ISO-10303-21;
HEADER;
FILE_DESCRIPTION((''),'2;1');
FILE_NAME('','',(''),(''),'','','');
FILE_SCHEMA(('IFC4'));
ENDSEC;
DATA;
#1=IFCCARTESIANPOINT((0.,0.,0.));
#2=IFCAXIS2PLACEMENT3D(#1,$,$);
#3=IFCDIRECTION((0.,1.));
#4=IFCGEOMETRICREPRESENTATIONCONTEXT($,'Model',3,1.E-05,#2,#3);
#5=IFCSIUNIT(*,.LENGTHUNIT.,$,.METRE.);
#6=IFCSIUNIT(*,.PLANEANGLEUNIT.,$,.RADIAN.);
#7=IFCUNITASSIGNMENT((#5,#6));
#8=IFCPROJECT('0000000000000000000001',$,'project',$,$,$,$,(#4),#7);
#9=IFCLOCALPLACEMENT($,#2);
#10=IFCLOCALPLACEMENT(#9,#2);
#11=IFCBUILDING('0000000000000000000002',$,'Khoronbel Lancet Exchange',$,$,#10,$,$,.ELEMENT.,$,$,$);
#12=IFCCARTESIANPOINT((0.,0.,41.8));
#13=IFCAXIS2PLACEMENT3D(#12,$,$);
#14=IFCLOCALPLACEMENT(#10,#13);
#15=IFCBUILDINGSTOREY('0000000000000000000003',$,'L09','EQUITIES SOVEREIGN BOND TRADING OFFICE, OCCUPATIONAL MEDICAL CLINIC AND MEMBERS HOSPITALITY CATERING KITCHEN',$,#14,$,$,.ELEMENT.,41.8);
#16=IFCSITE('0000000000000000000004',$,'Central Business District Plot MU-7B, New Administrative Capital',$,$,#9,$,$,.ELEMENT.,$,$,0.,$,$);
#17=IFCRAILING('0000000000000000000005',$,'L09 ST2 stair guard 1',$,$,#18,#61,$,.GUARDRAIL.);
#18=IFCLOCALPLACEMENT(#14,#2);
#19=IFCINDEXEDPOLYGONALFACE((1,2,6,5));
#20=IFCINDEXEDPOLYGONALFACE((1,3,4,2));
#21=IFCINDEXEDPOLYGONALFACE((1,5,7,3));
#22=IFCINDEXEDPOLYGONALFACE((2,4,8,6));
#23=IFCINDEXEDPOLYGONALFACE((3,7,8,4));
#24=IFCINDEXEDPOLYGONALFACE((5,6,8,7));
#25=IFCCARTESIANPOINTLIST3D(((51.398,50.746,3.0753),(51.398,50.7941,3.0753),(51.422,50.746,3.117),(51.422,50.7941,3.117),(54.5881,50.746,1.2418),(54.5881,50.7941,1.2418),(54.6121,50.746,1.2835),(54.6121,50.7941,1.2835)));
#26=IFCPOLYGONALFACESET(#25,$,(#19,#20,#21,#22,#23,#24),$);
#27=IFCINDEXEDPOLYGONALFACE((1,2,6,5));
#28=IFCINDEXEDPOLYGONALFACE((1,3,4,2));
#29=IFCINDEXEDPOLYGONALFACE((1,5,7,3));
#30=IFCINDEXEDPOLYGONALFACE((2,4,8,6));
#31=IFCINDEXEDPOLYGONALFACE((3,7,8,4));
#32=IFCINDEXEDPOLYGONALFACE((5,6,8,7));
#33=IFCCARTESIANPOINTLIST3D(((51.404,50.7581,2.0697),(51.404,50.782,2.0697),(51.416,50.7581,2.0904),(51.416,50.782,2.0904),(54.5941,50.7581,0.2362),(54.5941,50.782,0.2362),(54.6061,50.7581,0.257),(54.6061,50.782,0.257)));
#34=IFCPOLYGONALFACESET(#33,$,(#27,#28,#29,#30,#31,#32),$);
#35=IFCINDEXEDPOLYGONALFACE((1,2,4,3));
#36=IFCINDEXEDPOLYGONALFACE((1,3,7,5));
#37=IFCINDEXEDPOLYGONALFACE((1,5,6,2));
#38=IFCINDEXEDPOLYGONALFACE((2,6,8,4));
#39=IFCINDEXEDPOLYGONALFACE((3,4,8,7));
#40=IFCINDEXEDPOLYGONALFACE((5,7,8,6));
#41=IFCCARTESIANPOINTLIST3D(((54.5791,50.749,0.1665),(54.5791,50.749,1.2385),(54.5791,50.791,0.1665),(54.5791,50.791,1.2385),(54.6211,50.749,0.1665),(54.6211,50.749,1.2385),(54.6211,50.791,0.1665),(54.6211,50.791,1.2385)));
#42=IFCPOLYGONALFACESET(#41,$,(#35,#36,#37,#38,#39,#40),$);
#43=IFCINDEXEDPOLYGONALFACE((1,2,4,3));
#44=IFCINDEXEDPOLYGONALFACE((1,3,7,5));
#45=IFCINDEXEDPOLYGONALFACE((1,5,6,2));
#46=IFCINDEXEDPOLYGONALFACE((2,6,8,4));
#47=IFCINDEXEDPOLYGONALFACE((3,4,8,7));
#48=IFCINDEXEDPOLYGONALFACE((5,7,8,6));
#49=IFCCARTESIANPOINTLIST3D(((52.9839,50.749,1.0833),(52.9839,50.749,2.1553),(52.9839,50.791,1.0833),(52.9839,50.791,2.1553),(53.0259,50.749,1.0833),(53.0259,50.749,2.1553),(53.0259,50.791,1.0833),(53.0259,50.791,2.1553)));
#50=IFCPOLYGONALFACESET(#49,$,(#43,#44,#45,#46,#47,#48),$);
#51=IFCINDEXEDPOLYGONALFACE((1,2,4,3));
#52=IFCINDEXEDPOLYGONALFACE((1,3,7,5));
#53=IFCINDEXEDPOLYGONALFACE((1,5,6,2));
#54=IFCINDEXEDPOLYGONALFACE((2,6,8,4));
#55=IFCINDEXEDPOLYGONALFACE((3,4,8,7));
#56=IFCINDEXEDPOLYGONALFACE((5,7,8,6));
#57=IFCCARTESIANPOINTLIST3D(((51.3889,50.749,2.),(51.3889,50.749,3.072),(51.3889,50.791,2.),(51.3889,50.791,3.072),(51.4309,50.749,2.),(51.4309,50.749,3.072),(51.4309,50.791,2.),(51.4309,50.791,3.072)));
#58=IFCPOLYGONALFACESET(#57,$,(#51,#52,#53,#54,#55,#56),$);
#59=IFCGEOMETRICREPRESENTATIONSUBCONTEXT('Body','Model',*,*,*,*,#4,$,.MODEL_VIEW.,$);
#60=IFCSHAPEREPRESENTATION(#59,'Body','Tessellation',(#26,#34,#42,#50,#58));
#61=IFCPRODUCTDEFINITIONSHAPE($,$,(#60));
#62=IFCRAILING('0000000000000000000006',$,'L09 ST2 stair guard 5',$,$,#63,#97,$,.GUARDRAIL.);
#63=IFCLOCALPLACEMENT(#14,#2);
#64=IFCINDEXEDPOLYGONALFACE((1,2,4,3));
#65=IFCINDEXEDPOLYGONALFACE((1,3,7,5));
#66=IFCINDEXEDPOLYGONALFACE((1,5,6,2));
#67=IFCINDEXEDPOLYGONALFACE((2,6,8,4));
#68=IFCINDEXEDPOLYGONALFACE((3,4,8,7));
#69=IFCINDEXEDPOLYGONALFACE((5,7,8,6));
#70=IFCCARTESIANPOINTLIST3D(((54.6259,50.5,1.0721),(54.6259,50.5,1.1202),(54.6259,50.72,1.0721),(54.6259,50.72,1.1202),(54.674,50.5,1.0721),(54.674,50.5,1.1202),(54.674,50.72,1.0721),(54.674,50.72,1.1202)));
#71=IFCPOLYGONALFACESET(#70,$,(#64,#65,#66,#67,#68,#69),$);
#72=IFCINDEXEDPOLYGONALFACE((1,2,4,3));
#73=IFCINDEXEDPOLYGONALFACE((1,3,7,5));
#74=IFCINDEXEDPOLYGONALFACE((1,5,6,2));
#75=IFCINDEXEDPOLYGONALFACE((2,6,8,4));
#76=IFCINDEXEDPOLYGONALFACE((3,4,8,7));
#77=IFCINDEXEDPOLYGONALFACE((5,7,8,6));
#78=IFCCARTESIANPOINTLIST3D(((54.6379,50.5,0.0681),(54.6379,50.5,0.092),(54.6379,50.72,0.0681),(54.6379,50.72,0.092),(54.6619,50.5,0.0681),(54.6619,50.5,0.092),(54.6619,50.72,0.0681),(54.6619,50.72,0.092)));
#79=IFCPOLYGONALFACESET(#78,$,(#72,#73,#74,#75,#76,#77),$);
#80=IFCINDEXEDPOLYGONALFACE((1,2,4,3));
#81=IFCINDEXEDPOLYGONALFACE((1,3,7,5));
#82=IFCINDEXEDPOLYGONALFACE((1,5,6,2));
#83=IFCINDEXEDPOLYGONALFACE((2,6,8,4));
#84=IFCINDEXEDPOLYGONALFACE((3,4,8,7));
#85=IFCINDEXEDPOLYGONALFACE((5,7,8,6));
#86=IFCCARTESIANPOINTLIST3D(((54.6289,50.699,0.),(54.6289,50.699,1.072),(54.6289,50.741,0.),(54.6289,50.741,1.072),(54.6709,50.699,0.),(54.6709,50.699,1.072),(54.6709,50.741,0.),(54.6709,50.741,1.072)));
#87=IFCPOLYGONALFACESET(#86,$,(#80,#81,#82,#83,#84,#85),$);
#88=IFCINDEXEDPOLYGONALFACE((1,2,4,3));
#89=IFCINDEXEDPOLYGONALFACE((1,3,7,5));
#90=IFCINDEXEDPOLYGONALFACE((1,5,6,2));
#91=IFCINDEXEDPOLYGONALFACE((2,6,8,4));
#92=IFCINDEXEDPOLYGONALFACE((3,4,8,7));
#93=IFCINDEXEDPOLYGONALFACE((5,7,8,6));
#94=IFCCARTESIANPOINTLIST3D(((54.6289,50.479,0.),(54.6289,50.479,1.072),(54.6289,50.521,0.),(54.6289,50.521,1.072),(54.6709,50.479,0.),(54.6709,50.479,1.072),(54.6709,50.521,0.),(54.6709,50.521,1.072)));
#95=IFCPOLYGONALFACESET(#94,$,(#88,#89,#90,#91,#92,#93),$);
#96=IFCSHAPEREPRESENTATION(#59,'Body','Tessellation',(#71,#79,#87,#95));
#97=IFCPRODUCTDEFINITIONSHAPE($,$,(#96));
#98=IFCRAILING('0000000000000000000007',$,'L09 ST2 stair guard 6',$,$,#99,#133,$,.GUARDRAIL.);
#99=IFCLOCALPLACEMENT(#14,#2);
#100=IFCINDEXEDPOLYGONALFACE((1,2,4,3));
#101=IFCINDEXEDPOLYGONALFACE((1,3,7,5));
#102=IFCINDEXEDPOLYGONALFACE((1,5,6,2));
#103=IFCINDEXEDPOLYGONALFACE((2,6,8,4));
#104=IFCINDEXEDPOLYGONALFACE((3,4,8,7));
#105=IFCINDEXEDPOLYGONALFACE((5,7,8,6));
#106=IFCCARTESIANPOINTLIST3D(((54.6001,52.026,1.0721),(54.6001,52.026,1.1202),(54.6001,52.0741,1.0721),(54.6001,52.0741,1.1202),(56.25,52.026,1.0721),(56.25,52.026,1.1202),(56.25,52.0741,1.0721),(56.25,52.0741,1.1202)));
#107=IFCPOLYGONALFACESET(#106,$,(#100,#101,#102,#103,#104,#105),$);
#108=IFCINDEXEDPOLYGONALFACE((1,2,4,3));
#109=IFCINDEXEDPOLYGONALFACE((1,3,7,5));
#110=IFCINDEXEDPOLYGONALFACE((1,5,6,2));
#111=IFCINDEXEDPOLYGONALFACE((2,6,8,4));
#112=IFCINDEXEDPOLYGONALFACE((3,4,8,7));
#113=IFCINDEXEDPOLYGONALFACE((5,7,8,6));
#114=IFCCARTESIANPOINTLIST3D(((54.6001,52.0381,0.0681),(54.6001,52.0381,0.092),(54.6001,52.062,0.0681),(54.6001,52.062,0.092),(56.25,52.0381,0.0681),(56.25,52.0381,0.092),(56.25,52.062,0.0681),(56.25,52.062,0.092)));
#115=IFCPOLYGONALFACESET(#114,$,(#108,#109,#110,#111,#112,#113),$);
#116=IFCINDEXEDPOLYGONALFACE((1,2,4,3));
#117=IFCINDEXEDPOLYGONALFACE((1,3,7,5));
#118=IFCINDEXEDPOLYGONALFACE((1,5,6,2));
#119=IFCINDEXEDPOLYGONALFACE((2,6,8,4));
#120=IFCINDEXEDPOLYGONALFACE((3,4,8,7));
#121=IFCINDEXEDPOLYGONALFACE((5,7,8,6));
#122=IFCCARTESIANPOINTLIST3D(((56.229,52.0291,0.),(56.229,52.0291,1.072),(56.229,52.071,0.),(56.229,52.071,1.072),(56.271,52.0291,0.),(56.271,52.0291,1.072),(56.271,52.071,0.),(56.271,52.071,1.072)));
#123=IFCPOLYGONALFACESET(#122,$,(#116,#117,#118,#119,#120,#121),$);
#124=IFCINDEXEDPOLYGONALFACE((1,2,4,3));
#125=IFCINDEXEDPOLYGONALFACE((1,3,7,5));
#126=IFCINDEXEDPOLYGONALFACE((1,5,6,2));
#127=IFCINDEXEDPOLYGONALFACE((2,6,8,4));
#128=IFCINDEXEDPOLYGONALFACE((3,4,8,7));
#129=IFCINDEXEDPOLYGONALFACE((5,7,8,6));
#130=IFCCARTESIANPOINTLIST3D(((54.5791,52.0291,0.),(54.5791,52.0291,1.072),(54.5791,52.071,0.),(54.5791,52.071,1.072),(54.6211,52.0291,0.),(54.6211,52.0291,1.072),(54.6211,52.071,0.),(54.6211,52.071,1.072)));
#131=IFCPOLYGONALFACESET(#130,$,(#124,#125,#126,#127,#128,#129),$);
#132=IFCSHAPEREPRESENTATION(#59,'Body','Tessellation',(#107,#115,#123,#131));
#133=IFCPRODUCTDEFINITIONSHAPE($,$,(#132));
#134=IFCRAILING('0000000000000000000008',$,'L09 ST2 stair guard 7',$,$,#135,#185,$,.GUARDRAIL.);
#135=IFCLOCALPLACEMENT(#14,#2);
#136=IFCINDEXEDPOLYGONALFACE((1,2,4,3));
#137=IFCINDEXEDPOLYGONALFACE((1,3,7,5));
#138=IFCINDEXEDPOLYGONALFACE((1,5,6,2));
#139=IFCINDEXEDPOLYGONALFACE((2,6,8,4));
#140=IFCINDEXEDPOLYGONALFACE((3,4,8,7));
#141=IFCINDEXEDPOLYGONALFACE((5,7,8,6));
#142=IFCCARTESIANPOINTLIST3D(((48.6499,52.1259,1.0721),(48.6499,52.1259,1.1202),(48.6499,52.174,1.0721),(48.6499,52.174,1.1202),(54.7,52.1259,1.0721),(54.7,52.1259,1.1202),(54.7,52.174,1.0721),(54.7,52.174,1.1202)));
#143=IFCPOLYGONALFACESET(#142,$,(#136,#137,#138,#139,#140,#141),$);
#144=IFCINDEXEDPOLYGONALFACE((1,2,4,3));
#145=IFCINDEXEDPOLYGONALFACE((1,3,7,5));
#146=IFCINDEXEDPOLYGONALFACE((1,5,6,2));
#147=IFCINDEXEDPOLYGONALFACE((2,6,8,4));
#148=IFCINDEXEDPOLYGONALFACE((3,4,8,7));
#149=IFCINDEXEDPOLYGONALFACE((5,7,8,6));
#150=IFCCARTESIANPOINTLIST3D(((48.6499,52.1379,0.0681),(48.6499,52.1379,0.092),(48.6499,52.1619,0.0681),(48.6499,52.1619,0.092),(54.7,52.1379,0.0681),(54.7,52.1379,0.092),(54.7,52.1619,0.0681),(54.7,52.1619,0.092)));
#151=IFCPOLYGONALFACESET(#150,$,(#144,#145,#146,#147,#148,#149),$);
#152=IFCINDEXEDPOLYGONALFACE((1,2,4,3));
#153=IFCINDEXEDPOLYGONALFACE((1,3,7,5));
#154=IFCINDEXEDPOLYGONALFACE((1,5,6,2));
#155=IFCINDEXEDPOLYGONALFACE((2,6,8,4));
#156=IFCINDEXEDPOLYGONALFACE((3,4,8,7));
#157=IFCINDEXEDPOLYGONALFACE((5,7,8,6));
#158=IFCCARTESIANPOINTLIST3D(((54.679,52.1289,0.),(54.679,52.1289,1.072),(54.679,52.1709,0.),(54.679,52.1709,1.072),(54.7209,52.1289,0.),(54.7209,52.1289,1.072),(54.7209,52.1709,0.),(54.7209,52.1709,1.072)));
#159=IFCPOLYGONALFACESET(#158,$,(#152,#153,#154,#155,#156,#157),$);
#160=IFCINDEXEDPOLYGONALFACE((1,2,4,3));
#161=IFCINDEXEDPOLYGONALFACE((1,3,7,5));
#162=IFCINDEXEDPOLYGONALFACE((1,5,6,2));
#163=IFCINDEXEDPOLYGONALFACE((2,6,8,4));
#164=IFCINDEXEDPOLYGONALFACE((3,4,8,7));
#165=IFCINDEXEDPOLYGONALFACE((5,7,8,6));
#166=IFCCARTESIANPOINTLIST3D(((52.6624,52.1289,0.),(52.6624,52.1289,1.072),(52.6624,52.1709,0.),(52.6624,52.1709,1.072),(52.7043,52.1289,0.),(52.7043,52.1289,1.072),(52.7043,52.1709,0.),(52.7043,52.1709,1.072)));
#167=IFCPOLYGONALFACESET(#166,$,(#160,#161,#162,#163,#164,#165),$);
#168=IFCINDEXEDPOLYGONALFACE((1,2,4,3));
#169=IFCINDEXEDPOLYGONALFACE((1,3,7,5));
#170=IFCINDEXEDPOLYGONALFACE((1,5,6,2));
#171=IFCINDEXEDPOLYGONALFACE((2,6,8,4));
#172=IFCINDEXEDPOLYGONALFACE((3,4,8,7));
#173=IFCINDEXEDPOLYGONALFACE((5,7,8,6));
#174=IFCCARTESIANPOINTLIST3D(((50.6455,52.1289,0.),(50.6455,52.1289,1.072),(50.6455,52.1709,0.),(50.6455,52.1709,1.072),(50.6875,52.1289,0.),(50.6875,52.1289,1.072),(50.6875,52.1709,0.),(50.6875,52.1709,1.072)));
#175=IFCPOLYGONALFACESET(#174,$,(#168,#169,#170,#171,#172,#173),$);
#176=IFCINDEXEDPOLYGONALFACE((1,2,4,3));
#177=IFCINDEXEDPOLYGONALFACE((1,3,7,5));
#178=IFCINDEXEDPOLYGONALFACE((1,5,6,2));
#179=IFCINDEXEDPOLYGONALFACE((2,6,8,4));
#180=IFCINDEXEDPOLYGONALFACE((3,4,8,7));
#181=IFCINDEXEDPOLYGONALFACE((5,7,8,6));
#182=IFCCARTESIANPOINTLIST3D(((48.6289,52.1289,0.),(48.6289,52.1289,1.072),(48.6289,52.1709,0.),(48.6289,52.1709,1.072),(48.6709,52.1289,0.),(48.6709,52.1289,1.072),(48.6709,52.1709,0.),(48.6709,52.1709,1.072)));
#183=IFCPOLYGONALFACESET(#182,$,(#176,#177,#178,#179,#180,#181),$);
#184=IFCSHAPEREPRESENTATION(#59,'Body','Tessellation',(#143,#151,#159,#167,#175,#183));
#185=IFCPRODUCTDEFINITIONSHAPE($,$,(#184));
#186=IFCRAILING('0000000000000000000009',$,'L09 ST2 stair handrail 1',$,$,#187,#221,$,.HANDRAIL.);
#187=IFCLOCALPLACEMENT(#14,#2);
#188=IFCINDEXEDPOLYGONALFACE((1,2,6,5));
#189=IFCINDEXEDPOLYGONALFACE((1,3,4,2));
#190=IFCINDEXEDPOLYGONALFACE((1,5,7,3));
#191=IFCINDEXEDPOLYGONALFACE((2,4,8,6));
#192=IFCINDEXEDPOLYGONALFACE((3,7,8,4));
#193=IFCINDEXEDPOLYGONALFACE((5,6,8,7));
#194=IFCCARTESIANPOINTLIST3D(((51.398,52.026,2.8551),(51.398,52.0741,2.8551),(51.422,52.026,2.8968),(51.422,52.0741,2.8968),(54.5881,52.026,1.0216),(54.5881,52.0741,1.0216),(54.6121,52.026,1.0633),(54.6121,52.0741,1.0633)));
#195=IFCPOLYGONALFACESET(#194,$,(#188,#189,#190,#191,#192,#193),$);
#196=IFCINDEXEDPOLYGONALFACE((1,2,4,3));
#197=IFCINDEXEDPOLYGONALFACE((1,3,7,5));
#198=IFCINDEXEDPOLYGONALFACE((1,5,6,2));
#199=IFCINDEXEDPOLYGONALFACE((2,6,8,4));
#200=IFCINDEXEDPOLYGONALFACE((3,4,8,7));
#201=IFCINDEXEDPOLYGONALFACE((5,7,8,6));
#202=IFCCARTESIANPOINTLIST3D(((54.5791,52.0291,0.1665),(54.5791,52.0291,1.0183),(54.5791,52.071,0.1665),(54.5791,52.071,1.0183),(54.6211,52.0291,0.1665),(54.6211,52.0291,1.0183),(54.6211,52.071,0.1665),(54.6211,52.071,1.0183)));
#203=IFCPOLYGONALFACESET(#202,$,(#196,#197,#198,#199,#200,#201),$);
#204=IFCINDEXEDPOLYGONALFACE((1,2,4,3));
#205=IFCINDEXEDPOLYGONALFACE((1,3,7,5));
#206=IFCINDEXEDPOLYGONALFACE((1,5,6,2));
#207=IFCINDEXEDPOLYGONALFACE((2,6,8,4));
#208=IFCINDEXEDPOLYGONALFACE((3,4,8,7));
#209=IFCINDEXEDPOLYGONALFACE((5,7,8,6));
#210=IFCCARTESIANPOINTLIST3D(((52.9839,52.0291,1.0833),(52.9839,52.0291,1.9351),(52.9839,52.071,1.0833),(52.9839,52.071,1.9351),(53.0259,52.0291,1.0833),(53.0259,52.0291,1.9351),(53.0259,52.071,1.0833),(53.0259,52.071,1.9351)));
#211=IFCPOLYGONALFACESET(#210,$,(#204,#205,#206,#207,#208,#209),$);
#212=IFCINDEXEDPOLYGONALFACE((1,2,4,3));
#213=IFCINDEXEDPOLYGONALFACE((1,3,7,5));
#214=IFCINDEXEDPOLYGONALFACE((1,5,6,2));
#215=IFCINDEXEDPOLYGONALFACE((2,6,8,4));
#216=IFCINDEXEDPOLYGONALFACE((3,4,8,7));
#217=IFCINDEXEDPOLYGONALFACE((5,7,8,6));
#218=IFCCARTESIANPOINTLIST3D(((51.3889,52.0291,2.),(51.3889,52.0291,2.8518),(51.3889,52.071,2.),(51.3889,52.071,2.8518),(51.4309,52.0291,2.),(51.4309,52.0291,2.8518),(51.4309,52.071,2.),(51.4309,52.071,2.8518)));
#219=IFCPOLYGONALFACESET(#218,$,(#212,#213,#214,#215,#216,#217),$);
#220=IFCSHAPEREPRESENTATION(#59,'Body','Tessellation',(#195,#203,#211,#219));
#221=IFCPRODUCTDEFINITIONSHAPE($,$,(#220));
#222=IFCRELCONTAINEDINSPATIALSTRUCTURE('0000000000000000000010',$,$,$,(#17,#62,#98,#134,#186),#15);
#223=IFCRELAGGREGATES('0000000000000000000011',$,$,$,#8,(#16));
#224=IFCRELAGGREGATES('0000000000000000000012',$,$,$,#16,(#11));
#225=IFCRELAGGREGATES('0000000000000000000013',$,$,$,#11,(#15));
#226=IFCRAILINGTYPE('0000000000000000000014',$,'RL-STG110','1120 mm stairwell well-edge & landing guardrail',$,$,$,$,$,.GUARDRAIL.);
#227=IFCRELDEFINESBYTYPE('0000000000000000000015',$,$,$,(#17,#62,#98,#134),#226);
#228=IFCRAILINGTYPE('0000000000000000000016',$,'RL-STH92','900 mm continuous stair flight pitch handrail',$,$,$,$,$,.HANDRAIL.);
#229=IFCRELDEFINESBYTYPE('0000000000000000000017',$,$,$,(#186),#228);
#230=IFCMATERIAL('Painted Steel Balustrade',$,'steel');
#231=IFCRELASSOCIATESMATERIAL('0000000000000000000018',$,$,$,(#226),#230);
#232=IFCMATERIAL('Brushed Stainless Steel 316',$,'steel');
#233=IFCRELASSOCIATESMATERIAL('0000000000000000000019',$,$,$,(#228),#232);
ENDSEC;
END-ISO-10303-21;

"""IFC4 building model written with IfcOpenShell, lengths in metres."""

from ifc_helpers import new_model, si_unit, direction, frame, origin, origin_2d, place, context, subcontext, project, spatial, rectangle, extrude, material, type_object, element, save


model = new_model("IFC4")

# Units and contexts
model_context = context("Model", 3, precision=1e-05, world=origin(), true_north=direction((0.0, 1.0)))
body_context = subcontext(model_context, "Body", "Model", "MODEL_VIEW")
ifc_project = project(units=[si_unit("LENGTHUNIT", "METRE"), si_unit("PLANEANGLEUNIT", "RADIAN")], contexts=[model_context])

# Site, building, storey
site_placement = place(None, origin())
site = spatial("IfcSite", under=ifc_project, at=site_placement, Name="Central Business District Plot MU-7B, New Administrative Capital", CompositionType="ELEMENT", RefElevation=0.0)
building_placement = place(site_placement, origin())
building = spatial("IfcBuilding", under=site, at=building_placement, Name="Khoronbel Lancet Exchange", CompositionType="ELEMENT")
storey_placement = place(building_placement, frame((0.0, 0.0, 41.8)))
storey = spatial("IfcBuildingStorey", under=building, at=storey_placement, Name="L09", Description="EQUITIES SOVEREIGN BOND TRADING OFFICE, OCCUPATIONAL MEDICAL CLINIC AND MEMBERS HOSPITALITY CATERING KITCHEN", CompositionType="ELEMENT", Elevation=41.8)

# Railings
ifc_material_1 = material(Name="Painted Steel Balustrade", Category="steel")
railing_type_1 = type_object("IfcRailingType", Name="RL-STG110", Description="1120 mm stairwell well-edge & landing guardrail", PredefinedType="GUARDRAIL", material=ifc_material_1)
railing_1_placement = place(storey_placement, frame((54.6001, 50.77, 0.1665)))
element("IfcRailing", 1, at=railing_1_placement, inside=storey, type_object=railing_type_1, Name="L09 ST2 stair guard 1", PredefinedType="GUARDRAIL", context=body_context, shape_type="SweptSolid", body=[
    extrude(rectangle(XDim=0.0481, YDim=0.0481, at=origin_2d()), frame((0.0, 0.0, 1.0962), z_axis=(-0.867007, 0.0, 0.498295), x_axis=(0.0, -1.0, 0.0)), (0.0, 0.0, 1.0), 3.6794),
    extrude(rectangle(XDim=0.0239, YDim=0.0239, at=origin_2d()), frame((0.0, 0.0, 0.0801), z_axis=(-0.867007, 0.0, 0.498295), x_axis=(0.0, -1.0, 0.0)), (0.0, 0.0, 1.0), 3.6794),
    extrude(rectangle(XDim=0.042, YDim=0.042, at=origin_2d()), origin(), (0.0, 0.0, 1.0), 1.072),
    extrude(rectangle(XDim=0.042, YDim=0.042, at=origin_2d()), frame((-1.5952, 0.0, 0.9167)), (0.0, 0.0, 1.0), 1.072),
    extrude(rectangle(XDim=0.042, YDim=0.042, at=origin_2d()), frame((-3.1902, 0.0, 1.8335)), (0.0, 0.0, 1.0), 1.072),
])
railing_2_placement = place(storey_placement, frame((54.6499, 50.72, 0.0)))
element("IfcRailing", 2, at=railing_2_placement, inside=storey, type_object=railing_type_1, Name="L09 ST2 stair guard 5", PredefinedType="GUARDRAIL", context=body_context, shape_type="SweptSolid", body=[
    extrude(rectangle(XDim=0.0481, YDim=0.0481, at=origin_2d()), frame((0.0, 0.0, 1.0962), z_axis=(0.0, -1.0, 0.0), x_axis=(1.0, 0.0, 0.0)), (0.0, 0.0, 1.0), 0.22),
    extrude(rectangle(XDim=0.0239, YDim=0.0239, at=origin_2d()), frame((0.0, 0.0, 0.0801), z_axis=(0.0, -1.0, 0.0), x_axis=(1.0, 0.0, 0.0)), (0.0, 0.0, 1.0), 0.22),
    extrude(rectangle(XDim=0.042, YDim=0.042, at=origin_2d()), origin(), (0.0, 0.0, 1.0), 1.072),
    extrude(rectangle(XDim=0.042, YDim=0.042, at=origin_2d()), frame((0.0, -0.22, 0.0)), (0.0, 0.0, 1.0), 1.072),
])
railing_3_placement = place(storey_placement, frame((56.25, 52.05, 0.0)))
element("IfcRailing", 3, at=railing_3_placement, inside=storey, type_object=railing_type_1, Name="L09 ST2 stair guard 6", PredefinedType="GUARDRAIL", context=body_context, shape_type="SweptSolid", body=[
    extrude(rectangle(XDim=0.0481, YDim=0.0481, at=origin_2d()), frame((0.0, 0.0, 1.0962), z_axis=(-1.0, 0.0, 0.0), x_axis=(0.0, -1.0, 0.0)), (0.0, 0.0, 1.0), 1.6499),
    extrude(rectangle(XDim=0.0239, YDim=0.0239, at=origin_2d()), frame((0.0, 0.0, 0.0801), z_axis=(-1.0, 0.0, 0.0), x_axis=(0.0, -1.0, 0.0)), (0.0, 0.0, 1.0), 1.6499),
    extrude(rectangle(XDim=0.042, YDim=0.042, at=origin_2d()), origin(), (0.0, 0.0, 1.0), 1.072),
    extrude(rectangle(XDim=0.042, YDim=0.042, at=origin_2d()), frame((-1.6499, 0.0, 0.0)), (0.0, 0.0, 1.0), 1.072),
])
railing_4_placement = place(storey_placement, frame((54.7, 52.1499, 0.0)))
element("IfcRailing", 4, at=railing_4_placement, inside=storey, type_object=railing_type_1, Name="L09 ST2 stair guard 7", PredefinedType="GUARDRAIL", context=body_context, shape_type="SweptSolid", body=[
    extrude(rectangle(XDim=0.0481, YDim=0.0481, at=origin_2d()), frame((0.0, 0.0, 1.0962), z_axis=(-1.0, 0.0, 0.0), x_axis=(0.0, -1.0, 0.0)), (0.0, 0.0, 1.0), 6.05),
    extrude(rectangle(XDim=0.0239, YDim=0.0239, at=origin_2d()), frame((0.0, 0.0, 0.0801), z_axis=(-1.0, 0.0, 0.0), x_axis=(0.0, -1.0, 0.0)), (0.0, 0.0, 1.0), 6.05),
    extrude(rectangle(XDim=0.042, YDim=0.042, at=origin_2d()), origin(), (0.0, 0.0, 1.0), 1.072),
    extrude(rectangle(XDim=0.042, YDim=0.042, at=origin_2d()), frame((-2.0166, 0.0, 0.0)), (0.0, 0.0, 1.0), 1.072),
    extrude(rectangle(XDim=0.042, YDim=0.042, at=origin_2d()), frame((-4.0334, 0.0, 0.0)), (0.0, 0.0, 1.0), 1.072),
    extrude(rectangle(XDim=0.042, YDim=0.042, at=origin_2d()), frame((-6.05, 0.0, 0.0)), (0.0, 0.0, 1.0), 1.072),
])
ifc_material_2 = material(Name="Brushed Stainless Steel 316", Category="steel")
railing_type_2 = type_object("IfcRailingType", Name="RL-STH92", Description="900 mm continuous stair flight pitch handrail", PredefinedType="HANDRAIL", material=ifc_material_2)
railing_5_placement = place(storey_placement, frame((54.6001, 52.05, 0.1665)))
element("IfcRailing", 5, at=railing_5_placement, inside=storey, type_object=railing_type_2, Name="L09 ST2 stair handrail 1", PredefinedType="HANDRAIL", context=body_context, shape_type="SweptSolid", body=[
    extrude(rectangle(XDim=0.0481, YDim=0.0481, at=origin_2d()), frame((0.0, 0.0, 0.876), z_axis=(-0.867007, 0.0, 0.498295), x_axis=(0.0, -1.0, 0.0)), (0.0, 0.0, 1.0), 3.6794),
    extrude(rectangle(XDim=0.042, YDim=0.042, at=origin_2d()), origin(), (0.0, 0.0, 1.0), 0.8518),
    extrude(rectangle(XDim=0.042, YDim=0.042, at=origin_2d()), frame((-1.5952, 0.0, 0.9167)), (0.0, 0.0, 1.0), 0.8518),
    extrude(rectangle(XDim=0.042, YDim=0.042, at=origin_2d()), frame((-3.1902, 0.0, 1.8335)), (0.0, 0.0, 1.0), 0.8518),
])

save(model, "model.ifc")
